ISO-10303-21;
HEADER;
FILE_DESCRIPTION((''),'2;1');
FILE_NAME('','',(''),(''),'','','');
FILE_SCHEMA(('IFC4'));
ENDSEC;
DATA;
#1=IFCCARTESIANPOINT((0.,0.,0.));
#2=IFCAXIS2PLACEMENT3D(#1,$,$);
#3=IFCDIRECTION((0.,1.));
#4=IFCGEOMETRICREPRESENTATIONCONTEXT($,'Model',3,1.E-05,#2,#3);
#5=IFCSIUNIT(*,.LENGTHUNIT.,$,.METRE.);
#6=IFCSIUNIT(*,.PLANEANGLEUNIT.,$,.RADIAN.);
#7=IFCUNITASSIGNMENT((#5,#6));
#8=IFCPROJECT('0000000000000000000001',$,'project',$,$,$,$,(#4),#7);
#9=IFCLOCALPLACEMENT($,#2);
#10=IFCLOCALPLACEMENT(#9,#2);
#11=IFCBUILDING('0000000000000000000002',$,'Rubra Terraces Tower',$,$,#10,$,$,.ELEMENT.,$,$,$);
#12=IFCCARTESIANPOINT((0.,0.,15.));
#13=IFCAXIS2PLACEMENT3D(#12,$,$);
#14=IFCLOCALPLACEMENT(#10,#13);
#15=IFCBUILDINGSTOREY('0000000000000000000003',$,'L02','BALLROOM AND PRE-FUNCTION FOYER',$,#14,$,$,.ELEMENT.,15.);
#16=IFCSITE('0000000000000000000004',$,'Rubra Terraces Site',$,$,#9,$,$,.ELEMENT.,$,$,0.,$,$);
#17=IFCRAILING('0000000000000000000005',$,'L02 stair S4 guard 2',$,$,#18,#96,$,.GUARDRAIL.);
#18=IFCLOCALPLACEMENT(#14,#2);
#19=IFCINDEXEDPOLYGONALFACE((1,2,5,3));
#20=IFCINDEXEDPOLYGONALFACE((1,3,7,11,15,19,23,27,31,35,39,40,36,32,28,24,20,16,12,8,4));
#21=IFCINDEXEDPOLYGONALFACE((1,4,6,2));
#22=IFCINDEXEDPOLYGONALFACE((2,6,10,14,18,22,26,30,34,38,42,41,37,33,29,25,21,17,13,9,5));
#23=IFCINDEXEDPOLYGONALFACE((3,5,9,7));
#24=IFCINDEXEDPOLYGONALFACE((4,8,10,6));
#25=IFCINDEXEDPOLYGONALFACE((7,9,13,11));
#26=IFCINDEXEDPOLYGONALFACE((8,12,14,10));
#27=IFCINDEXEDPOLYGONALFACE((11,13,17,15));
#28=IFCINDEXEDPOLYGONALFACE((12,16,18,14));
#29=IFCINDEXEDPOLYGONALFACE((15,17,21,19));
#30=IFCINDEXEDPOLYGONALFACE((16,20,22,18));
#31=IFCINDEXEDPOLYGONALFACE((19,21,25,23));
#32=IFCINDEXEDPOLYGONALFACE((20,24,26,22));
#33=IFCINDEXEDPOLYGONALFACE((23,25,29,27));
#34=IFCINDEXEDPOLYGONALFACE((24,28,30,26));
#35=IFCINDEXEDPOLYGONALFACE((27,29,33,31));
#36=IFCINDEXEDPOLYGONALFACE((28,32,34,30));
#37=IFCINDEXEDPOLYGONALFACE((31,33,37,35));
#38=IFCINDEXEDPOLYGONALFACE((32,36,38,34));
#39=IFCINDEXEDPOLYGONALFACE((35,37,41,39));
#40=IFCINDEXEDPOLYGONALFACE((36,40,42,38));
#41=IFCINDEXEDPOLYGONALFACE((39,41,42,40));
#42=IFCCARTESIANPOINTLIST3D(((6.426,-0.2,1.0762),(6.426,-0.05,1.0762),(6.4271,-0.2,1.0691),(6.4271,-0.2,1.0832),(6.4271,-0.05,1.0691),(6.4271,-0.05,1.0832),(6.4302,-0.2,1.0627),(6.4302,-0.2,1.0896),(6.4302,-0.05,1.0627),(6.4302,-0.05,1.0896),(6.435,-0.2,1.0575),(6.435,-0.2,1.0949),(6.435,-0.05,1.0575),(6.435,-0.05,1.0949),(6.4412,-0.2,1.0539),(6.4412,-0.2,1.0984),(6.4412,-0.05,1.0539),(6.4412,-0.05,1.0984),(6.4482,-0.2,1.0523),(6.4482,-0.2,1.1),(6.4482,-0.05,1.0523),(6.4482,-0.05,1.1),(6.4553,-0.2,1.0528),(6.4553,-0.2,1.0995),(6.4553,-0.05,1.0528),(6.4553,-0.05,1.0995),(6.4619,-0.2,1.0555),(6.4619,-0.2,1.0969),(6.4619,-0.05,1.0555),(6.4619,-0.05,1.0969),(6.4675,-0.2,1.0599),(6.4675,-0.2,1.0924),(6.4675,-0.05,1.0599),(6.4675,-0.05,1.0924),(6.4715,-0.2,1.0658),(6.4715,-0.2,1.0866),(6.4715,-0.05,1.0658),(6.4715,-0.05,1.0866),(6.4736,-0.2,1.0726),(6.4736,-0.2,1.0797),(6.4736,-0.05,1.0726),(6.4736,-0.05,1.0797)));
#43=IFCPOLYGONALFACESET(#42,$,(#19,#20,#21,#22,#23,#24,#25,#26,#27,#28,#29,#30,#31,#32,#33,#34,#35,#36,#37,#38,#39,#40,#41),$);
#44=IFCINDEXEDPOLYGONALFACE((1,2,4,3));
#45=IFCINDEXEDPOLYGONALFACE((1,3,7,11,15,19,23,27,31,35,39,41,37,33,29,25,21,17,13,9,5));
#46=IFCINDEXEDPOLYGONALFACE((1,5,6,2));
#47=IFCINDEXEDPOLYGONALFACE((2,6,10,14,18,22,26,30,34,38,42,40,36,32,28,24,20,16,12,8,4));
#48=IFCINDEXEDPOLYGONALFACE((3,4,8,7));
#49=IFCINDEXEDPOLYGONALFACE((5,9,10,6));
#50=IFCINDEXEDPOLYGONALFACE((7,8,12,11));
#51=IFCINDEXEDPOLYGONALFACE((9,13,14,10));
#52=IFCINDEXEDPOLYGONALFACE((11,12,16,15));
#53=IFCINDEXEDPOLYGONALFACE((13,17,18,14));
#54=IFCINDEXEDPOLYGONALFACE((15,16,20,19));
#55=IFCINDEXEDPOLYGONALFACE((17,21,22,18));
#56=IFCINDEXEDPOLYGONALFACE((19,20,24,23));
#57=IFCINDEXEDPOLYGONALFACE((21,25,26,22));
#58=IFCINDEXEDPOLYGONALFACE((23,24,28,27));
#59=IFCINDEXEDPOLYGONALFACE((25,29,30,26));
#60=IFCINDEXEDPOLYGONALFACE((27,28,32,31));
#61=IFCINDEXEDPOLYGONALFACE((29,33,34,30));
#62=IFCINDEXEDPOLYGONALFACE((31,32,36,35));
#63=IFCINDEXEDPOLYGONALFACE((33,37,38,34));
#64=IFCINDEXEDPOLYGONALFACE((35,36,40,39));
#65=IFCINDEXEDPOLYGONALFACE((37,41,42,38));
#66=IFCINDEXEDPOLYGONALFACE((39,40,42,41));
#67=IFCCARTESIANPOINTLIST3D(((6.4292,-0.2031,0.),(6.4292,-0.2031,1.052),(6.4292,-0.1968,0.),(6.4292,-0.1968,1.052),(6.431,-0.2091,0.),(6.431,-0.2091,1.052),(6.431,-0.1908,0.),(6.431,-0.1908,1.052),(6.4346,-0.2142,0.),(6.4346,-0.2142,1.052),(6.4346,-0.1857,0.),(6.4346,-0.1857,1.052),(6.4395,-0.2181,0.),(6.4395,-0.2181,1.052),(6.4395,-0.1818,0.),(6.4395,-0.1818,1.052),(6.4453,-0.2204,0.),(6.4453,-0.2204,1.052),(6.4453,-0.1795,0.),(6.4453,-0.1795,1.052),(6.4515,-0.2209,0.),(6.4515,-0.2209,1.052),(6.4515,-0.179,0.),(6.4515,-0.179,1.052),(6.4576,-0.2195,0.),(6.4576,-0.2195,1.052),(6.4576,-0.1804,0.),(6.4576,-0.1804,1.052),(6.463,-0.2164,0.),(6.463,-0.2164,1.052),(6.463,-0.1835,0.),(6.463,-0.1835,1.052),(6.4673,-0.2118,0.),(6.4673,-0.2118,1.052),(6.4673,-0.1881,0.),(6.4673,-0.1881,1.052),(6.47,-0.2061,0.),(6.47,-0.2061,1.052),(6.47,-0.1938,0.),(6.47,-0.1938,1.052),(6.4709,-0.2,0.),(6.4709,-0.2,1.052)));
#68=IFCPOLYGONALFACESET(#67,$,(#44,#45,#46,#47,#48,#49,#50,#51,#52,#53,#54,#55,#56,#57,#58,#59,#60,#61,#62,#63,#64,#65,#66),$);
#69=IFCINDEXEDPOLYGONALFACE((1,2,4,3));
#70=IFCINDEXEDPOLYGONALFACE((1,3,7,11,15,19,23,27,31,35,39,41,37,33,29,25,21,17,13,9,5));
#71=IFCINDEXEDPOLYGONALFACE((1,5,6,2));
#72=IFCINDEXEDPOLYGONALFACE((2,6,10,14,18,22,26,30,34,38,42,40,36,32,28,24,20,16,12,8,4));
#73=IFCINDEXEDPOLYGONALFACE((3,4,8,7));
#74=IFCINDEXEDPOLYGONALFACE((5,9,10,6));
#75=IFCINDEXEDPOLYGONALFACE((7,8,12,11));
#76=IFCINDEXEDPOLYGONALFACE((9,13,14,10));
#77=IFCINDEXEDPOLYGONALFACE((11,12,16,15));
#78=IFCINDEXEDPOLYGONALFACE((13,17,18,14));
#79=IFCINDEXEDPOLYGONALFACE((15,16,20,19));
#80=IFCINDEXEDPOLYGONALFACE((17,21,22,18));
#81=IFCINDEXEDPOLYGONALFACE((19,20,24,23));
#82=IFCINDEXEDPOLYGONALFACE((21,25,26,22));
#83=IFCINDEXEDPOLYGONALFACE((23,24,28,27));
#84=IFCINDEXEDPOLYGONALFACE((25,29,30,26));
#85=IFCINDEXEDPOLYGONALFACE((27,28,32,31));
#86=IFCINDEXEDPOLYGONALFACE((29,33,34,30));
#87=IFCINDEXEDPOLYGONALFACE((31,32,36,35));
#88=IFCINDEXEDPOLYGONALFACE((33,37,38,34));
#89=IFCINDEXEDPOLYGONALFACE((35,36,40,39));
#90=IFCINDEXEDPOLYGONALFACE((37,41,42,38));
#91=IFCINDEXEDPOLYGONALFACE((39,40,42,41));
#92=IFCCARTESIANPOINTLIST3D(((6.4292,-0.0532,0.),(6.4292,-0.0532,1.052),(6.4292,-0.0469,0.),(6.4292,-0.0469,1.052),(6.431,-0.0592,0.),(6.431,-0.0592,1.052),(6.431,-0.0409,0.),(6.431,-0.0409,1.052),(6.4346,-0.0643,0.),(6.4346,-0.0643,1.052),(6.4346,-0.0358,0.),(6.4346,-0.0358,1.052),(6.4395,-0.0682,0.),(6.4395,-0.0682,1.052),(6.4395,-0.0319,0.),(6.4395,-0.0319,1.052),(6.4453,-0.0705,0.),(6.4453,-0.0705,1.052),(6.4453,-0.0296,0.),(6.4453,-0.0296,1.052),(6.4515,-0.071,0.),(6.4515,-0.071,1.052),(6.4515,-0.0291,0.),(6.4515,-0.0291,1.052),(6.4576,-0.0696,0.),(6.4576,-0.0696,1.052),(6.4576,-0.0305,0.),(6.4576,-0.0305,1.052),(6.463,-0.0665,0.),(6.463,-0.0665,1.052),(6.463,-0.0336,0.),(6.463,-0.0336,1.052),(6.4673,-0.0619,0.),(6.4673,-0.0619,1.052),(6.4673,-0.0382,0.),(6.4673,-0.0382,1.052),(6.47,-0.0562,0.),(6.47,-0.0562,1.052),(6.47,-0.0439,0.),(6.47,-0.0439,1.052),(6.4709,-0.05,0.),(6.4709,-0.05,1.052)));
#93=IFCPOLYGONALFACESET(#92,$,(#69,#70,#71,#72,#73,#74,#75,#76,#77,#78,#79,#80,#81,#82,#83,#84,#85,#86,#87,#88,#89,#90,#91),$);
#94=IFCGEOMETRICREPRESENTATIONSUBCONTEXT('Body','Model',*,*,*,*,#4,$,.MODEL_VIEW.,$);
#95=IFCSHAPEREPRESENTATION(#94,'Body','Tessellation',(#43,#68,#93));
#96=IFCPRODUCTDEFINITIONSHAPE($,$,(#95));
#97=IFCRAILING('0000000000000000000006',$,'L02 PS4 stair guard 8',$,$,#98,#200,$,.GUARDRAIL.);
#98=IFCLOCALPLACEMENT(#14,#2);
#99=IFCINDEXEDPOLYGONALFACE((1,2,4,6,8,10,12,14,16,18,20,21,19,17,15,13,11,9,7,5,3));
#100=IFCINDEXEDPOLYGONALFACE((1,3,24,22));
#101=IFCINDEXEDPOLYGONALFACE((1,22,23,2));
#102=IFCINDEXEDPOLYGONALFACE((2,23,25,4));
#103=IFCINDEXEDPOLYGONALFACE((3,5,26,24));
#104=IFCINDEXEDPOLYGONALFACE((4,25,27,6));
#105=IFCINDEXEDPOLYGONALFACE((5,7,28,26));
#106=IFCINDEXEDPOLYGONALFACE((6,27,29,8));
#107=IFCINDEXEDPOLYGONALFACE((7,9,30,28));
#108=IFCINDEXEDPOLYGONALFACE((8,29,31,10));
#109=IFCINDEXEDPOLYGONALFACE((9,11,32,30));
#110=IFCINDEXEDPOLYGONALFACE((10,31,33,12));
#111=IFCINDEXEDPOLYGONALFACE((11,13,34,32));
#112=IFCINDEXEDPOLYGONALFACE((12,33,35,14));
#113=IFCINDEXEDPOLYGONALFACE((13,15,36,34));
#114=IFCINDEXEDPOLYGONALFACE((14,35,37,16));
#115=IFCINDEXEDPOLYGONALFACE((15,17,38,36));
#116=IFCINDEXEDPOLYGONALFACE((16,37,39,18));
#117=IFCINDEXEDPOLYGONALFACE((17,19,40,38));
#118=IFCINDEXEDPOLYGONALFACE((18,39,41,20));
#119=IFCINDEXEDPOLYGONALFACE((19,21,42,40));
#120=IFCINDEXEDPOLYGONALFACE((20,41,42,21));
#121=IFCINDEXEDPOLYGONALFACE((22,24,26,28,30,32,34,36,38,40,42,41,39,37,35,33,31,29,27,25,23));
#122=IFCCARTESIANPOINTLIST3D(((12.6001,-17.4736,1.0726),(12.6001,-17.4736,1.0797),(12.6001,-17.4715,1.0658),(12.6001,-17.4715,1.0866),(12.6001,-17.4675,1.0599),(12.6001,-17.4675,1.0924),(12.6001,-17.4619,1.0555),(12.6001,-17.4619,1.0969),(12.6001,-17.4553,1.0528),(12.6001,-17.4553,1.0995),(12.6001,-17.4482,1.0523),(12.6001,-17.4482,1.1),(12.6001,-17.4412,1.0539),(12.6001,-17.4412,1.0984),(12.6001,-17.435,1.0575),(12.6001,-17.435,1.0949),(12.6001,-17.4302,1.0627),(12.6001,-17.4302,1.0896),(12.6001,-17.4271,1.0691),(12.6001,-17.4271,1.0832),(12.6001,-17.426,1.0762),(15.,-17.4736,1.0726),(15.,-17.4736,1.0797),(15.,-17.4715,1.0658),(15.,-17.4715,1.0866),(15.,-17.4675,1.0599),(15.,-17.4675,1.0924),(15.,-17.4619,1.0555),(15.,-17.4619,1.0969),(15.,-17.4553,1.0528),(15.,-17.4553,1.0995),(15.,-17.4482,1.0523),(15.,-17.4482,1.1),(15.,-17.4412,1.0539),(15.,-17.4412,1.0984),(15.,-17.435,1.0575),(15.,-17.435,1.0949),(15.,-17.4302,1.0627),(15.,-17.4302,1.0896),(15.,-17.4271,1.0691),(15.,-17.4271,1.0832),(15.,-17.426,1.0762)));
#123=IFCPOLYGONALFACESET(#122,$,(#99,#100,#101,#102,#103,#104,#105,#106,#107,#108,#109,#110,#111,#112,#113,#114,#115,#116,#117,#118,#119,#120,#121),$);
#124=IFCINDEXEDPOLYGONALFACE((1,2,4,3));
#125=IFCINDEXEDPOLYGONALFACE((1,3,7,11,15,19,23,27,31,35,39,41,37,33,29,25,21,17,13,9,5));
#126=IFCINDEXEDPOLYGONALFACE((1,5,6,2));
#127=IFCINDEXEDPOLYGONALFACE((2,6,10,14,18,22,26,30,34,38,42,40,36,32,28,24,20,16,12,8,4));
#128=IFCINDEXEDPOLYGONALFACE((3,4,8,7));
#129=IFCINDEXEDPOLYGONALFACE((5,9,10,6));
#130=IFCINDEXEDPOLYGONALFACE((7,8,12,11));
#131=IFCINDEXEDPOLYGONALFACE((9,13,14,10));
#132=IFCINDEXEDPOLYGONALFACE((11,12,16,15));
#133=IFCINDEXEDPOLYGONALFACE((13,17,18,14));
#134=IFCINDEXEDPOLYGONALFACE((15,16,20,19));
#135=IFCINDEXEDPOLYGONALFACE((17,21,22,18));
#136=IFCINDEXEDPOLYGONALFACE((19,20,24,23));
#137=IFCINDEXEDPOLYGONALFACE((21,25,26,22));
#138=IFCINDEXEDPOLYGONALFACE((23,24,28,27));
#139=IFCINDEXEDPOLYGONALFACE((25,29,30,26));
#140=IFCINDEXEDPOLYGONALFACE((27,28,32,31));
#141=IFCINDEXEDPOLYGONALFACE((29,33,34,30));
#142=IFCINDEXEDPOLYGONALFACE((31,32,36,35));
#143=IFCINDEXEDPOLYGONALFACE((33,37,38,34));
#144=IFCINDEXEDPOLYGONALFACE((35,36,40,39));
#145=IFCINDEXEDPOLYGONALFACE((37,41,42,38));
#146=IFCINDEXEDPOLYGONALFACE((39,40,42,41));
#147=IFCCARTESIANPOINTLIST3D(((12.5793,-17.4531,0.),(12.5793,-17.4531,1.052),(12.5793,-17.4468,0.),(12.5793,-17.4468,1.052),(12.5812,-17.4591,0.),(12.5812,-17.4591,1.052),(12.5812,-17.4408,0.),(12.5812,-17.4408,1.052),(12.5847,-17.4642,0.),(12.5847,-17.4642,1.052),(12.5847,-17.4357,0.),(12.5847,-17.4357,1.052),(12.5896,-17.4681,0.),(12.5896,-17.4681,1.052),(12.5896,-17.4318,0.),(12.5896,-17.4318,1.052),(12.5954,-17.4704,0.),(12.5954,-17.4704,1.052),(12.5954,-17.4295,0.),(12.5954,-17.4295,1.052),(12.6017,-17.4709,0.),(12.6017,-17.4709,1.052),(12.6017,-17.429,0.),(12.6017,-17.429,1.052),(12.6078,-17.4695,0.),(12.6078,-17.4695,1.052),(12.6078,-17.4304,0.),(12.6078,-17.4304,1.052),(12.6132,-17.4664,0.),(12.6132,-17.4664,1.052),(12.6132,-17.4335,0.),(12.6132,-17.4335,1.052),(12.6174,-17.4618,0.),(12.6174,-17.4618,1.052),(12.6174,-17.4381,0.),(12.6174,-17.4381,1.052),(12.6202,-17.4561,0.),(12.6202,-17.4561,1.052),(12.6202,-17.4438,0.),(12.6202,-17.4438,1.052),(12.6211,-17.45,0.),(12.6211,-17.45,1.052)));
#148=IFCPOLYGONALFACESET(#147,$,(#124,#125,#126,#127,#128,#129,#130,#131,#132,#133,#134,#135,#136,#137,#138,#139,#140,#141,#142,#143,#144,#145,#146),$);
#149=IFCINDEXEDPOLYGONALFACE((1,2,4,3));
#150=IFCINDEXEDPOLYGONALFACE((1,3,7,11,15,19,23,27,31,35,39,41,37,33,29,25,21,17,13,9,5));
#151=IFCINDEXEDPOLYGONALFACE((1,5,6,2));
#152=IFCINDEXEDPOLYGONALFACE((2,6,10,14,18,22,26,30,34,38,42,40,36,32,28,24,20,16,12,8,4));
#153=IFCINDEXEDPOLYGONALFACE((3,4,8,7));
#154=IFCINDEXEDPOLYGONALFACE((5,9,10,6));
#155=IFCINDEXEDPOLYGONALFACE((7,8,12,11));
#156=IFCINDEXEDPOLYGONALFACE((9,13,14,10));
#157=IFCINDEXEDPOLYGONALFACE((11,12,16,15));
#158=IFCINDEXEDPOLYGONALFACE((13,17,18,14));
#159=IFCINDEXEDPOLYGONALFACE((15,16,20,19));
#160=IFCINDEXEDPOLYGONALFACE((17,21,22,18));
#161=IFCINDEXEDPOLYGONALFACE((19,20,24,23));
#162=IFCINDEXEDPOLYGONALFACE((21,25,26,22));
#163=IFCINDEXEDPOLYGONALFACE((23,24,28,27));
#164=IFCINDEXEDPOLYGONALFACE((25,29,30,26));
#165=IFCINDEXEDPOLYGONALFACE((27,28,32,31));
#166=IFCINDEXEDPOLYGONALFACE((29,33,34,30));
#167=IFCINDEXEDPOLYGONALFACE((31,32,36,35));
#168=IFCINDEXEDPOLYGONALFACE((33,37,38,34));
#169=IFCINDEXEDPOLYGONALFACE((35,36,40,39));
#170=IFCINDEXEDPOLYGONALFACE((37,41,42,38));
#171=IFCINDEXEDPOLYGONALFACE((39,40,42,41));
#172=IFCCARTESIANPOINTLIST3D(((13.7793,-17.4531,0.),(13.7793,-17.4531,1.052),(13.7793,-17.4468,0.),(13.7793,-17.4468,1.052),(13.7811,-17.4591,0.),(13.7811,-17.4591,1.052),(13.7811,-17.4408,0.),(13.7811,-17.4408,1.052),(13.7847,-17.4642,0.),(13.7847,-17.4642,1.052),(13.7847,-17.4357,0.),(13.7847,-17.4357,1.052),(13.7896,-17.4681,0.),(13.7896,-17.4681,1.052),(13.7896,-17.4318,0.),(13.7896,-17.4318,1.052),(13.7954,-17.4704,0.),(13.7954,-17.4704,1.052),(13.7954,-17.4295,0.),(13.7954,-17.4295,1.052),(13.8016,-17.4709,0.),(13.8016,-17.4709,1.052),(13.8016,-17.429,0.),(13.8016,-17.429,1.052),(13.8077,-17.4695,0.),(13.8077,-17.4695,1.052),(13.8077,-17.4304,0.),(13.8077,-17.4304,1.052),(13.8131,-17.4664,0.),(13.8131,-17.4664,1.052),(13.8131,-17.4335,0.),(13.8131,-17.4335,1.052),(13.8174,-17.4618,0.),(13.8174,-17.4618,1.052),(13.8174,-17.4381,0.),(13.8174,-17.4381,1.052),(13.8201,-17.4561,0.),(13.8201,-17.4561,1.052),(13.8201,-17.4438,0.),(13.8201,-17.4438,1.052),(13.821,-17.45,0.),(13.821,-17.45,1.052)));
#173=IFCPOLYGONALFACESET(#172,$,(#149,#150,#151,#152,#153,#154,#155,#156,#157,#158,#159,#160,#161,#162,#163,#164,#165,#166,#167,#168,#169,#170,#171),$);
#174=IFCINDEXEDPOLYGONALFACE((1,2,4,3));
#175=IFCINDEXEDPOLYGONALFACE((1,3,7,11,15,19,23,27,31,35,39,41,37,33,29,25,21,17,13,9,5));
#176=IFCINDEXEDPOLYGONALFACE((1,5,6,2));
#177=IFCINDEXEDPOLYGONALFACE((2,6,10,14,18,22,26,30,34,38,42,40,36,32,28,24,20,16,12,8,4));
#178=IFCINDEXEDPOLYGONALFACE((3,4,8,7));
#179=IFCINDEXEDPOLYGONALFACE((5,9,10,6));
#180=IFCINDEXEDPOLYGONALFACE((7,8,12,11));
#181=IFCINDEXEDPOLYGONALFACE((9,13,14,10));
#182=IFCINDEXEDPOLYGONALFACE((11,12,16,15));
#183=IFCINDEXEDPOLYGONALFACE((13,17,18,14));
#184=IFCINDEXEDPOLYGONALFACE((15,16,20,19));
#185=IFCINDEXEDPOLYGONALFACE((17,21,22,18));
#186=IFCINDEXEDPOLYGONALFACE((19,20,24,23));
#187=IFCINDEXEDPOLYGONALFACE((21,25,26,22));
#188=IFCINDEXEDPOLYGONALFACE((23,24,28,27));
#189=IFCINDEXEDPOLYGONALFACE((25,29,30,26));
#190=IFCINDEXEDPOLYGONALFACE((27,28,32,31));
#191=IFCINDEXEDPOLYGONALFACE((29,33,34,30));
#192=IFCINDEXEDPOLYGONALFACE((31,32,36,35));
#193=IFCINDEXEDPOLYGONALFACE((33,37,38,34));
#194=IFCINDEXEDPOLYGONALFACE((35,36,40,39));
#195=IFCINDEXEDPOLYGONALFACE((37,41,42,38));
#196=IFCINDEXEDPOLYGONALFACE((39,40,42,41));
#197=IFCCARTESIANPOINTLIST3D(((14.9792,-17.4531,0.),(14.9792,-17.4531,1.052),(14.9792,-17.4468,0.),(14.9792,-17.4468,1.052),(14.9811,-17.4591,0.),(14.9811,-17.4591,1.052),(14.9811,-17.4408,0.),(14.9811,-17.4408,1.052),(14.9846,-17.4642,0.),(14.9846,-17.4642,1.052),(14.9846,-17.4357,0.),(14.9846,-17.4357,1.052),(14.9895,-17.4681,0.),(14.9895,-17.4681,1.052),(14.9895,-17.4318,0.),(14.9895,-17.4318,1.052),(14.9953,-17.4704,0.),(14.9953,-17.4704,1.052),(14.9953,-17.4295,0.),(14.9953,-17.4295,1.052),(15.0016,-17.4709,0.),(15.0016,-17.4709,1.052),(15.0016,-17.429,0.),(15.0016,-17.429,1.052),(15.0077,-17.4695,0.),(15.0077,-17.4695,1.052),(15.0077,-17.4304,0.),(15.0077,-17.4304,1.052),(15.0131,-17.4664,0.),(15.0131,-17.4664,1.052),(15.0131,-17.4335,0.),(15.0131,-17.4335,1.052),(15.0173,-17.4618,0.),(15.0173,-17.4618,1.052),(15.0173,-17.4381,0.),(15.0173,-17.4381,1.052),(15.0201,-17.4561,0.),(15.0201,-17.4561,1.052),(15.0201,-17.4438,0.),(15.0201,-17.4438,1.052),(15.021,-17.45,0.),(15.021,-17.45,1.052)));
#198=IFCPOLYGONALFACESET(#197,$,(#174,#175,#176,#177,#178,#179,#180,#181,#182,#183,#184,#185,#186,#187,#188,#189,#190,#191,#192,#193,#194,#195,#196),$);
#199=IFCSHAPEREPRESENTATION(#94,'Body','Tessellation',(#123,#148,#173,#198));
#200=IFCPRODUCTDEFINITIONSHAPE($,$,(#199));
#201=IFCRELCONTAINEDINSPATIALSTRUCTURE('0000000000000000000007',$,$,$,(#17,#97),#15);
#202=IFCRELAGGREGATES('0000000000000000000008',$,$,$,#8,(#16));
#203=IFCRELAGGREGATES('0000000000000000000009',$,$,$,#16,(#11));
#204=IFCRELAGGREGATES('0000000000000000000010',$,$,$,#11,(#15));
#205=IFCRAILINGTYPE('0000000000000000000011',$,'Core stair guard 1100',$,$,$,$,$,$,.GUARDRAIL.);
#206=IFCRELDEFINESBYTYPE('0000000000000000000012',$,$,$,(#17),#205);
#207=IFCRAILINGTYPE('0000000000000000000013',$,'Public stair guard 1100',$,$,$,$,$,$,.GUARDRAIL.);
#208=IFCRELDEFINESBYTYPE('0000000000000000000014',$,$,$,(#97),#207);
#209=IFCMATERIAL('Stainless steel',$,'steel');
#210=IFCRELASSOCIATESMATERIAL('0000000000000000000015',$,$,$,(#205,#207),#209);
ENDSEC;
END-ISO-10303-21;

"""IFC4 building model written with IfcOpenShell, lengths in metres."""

from ifc_helpers import new_model, si_unit, direction, frame, origin, origin_2d, place, context, subcontext, project, spatial, circle, extrude, material, type_object, element, save


model = new_model("IFC4")

# Units and contexts
model_context = context("Model", 3, precision=1e-05, world=origin(), true_north=direction((0.0, 1.0)))
body_context = subcontext(model_context, "Body", "Model", "MODEL_VIEW")
ifc_project = project(units=[si_unit("LENGTHUNIT", "METRE"), si_unit("PLANEANGLEUNIT", "RADIAN")], contexts=[model_context])

# Site, building, storey
site_placement = place(None, origin())
site = spatial("IfcSite", under=ifc_project, at=site_placement, Name="Rubra Terraces Site", CompositionType="ELEMENT", RefElevation=0.0)
building_placement = place(site_placement, origin())
building = spatial("IfcBuilding", under=site, at=building_placement, Name="Rubra Terraces Tower", CompositionType="ELEMENT")
storey_placement = place(building_placement, frame((0.0, 0.0, 15.0)))
storey = spatial("IfcBuildingStorey", under=building, at=storey_placement, Name="L02", Description="BALLROOM AND PRE-FUNCTION FOYER", CompositionType="ELEMENT", Elevation=15.0)

# Railings
ifc_material_1 = material(Name="Stainless steel", Category="steel")
railing_type_1 = type_object("IfcRailingType", Name="Core stair guard 1100", PredefinedType="GUARDRAIL", material=ifc_material_1)
railing_1_placement = place(storey_placement, frame((6.45, -0.2, 0.0)))
element("IfcRailing", 1, at=railing_1_placement, inside=storey, type_object=railing_type_1, Name="L02 stair S4 guard 2", PredefinedType="GUARDRAIL", context=body_context, shape_type="SweptSolid", body=[
    extrude(circle(Radius=0.0239, at=origin_2d()), frame((0.0, 0.0, 1.0762), z_axis=(0.0, 1.0, 0.0), x_axis=(-1.0, 0.0, 0.0)), (0.0, 0.0, 1.0), 0.1499),
    extrude(circle(Radius=0.021, at=origin_2d()), origin(), (0.0, 0.0, 1.0), 1.052),
    extrude(circle(Radius=0.021, at=origin_2d()), frame((0.0, 0.1499, 0.0)), (0.0, 0.0, 1.0), 1.052),
])
railing_type_2 = type_object("IfcRailingType", Name="Public stair guard 1100", PredefinedType="GUARDRAIL", material=ifc_material_1)
for number, where, name in (
    (2, (12.6001, -17.45, 0.0), "L02 PS4 stair guard 8"),
):
    element("IfcRailing", number, at=place(storey_placement, frame(where)), inside=storey, type_object=railing_type_2, Name=name, PredefinedType="GUARDRAIL", context=body_context, shape_type="SweptSolid", body=[
        extrude(circle(Radius=0.0239, at=origin_2d()), frame((0.0, 0.0, 1.0762), z_axis=(1.0, 0.0, 0.0), x_axis=(0.0, 1.0, 0.0)), (0.0, 0.0, 1.0), 2.3999),
        extrude(circle(Radius=0.021, at=origin_2d()), origin(), (0.0, 0.0, 1.0), 1.052),
        extrude(circle(Radius=0.021, at=origin_2d()), frame((1.2, 0.0, 0.0)), (0.0, 0.0, 1.0), 1.052),
        extrude(circle(Radius=0.021, at=origin_2d()), frame((2.3999, 0.0, 0.0)), (0.0, 0.0, 1.0), 1.052),
    ])

save(model, "model.ifc")
